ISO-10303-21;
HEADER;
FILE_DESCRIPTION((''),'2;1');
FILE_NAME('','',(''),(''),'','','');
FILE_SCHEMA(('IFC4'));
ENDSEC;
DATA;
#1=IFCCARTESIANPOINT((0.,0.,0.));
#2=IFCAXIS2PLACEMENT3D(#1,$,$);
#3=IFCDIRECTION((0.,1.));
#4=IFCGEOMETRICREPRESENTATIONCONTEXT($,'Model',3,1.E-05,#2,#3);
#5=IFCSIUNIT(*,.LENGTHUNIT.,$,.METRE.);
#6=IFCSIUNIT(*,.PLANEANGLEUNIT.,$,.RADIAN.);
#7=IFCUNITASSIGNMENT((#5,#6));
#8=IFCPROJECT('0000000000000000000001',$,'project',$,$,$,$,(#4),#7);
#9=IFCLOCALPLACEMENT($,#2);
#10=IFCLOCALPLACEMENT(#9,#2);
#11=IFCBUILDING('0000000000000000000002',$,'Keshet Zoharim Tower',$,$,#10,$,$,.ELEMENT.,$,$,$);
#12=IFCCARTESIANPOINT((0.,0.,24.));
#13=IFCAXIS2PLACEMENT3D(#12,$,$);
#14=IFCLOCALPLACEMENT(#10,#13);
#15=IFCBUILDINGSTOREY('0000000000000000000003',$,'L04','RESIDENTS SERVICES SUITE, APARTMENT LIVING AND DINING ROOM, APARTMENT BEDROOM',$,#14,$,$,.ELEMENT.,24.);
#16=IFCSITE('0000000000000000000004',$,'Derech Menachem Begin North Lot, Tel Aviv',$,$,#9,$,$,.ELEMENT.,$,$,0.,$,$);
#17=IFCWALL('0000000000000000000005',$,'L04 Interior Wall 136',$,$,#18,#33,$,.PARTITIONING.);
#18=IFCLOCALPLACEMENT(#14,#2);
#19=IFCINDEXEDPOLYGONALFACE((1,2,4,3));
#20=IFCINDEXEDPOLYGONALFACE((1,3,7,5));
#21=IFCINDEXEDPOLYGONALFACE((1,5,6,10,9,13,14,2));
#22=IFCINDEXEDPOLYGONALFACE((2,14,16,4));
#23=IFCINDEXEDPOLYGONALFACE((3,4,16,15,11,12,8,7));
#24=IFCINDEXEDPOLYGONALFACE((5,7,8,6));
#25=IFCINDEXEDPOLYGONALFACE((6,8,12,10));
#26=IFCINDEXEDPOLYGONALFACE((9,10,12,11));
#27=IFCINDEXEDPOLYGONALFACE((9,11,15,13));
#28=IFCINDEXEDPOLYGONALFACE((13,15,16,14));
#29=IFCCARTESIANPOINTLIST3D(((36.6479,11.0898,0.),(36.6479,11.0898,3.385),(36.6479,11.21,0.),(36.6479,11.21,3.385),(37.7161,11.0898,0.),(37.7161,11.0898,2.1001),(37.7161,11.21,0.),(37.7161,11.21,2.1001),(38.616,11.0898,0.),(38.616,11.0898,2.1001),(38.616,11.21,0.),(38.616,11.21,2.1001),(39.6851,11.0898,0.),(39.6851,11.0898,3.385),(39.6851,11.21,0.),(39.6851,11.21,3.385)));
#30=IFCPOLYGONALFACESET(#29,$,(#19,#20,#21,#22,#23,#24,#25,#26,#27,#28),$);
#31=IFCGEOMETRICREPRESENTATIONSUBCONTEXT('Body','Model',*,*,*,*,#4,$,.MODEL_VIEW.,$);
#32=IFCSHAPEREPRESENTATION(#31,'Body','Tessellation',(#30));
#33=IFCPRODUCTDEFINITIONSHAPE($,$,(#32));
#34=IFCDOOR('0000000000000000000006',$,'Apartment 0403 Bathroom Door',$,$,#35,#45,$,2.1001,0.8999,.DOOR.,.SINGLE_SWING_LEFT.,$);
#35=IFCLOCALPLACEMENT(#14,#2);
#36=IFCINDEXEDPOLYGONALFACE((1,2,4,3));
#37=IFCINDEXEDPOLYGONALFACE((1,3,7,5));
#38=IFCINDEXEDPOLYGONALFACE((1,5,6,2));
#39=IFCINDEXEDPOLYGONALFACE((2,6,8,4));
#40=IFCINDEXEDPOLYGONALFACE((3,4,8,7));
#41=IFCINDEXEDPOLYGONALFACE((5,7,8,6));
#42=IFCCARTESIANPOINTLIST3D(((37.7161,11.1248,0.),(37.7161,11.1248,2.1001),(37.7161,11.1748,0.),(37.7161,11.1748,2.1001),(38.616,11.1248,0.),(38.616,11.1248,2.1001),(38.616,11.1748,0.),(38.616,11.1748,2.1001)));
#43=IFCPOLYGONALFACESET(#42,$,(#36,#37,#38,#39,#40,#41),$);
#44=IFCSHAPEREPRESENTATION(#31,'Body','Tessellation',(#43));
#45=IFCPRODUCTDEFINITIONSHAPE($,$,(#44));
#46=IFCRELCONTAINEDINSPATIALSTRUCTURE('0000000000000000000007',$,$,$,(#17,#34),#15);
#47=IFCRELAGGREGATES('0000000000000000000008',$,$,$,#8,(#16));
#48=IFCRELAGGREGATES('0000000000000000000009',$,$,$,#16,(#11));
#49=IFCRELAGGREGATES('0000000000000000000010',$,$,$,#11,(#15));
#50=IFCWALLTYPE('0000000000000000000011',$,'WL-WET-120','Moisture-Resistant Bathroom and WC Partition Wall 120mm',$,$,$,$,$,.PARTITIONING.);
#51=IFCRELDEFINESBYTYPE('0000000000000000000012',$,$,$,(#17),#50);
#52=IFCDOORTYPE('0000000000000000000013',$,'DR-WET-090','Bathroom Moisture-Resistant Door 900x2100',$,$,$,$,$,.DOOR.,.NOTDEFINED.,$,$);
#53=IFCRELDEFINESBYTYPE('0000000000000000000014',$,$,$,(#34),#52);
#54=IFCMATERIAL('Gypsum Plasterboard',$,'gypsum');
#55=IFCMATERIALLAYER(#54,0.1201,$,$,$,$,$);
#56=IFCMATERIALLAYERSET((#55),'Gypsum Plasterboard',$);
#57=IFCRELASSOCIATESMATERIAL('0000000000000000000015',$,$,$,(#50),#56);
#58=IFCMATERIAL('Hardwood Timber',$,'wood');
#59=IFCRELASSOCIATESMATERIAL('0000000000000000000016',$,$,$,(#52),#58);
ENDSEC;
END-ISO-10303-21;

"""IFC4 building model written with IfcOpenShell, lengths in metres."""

from ifc_helpers import new_model, si_unit, direction, frame, frame_2d, origin, place, context, subcontext, project, spatial, rectangle, extrude, material, layer, layer_set, type_object, element, fill, save


model = new_model("IFC4")

# Units and contexts
model_context = context("Model", 3, precision=1e-05, world=origin(), true_north=direction((0.0, 1.0)))
body_context = subcontext(model_context, "Body", "Model", "MODEL_VIEW")
ifc_project = project(units=[si_unit("LENGTHUNIT", "METRE"), si_unit("PLANEANGLEUNIT", "RADIAN")], contexts=[model_context])

# Site, building, storey
site_placement = place(None, origin())
site = spatial("IfcSite", under=ifc_project, at=site_placement, Name="Derech Menachem Begin North Lot, Tel Aviv", CompositionType="ELEMENT", RefElevation=0.0)
building_placement = place(site_placement, origin())
building = spatial("IfcBuilding", under=site, at=building_placement, Name="Keshet Zoharim Tower", CompositionType="ELEMENT")
storey_placement = place(building_placement, frame((0.0, 0.0, 24.0)))
storey = spatial("IfcBuildingStorey", under=building, at=storey_placement, Name="L04", Description="RESIDENTS SERVICES SUITE, APARTMENT LIVING AND DINING ROOM, APARTMENT BEDROOM", CompositionType="ELEMENT", Elevation=24.0)

# Shared definitions
ifc_material_1 = material(Name="Gypsum Plasterboard", Category="gypsum")

# Shared definitions
ifc_material_2 = material(Name="Hardwood Timber", Category="wood")

# Shared definitions
ifc_layer_1 = layer(ifc_material_1, 0.1201)
ifc_layer_set_1 = layer_set([ifc_layer_1], Name="Gypsum Plasterboard")
wall_type_1 = type_object("IfcWallType", Name="WL-WET-120", Description="Moisture-Resistant Bathroom and WC Partition Wall 120mm", PredefinedType="PARTITIONING", material=ifc_layer_set_1)

# Wall, opening, door
wall_1_placement = place(storey_placement, frame((36.6479, 11.1499, 0.0), z_axis=(0.0, 0.0, 1.0), x_axis=(1.0, 0.0, 0.0)))
wall_1 = element("IfcWall", 1, at=wall_1_placement, inside=storey, type_object=wall_type_1, Name="L04 Interior Wall 136", PredefinedType="PARTITIONING", context=body_context, shape_type="SweptSolid", body=[
    extrude(rectangle(XDim=3.0371, YDim=0.1201, at=frame_2d((1.5186, 0.0))), origin(), (0.0, 0.0, 1.0), 3.385),
])
opening_1_placement = place(wall_1_placement, frame((1.0681, 0.0, 0.0)))
opening_1 = element("IfcOpeningElement", 2, at=opening_1_placement, cuts=wall_1, PredefinedType="OPENING", context=body_context, shape_type="SweptSolid", body=[
    extrude(rectangle(XDim=0.8999, YDim=2.1001, at=frame_2d((0.45, 1.05))), frame((0.0, 0.0701, 0.0), z_axis=(0.0, -1.0, 0.0), x_axis=(1.0, 0.0, 0.0)), (0.0, 0.0, 1.0), 0.1401),
])
door_type_1 = type_object("IfcDoorType", Name="DR-WET-090", Description="Bathroom Moisture-Resistant Door 900x2100", OperationType="NOTDEFINED", PredefinedType="DOOR", material=ifc_material_2)
door_1_placement = place(opening_1_placement, origin())
door_1 = element("IfcDoor", 3, at=door_1_placement, inside=storey, type_object=door_type_1, Name="Apartment 0403 Bathroom Door", OperationType="SINGLE_SWING_LEFT", OverallHeight=2.1001, OverallWidth=0.8999, PredefinedType="DOOR", context=body_context, shape_type="SweptSolid", body=[
    extrude(rectangle(XDim=0.8999, YDim=2.1001, at=frame_2d((0.45, 1.05))), frame((0.0, 0.0249, 0.0), z_axis=(0.0, -1.0, 0.0), x_axis=(1.0, 0.0, 0.0)), (0.0, 0.0, 1.0), 0.05),
])
fill(opening_1, door_1)

save(model, "model.ifc")
